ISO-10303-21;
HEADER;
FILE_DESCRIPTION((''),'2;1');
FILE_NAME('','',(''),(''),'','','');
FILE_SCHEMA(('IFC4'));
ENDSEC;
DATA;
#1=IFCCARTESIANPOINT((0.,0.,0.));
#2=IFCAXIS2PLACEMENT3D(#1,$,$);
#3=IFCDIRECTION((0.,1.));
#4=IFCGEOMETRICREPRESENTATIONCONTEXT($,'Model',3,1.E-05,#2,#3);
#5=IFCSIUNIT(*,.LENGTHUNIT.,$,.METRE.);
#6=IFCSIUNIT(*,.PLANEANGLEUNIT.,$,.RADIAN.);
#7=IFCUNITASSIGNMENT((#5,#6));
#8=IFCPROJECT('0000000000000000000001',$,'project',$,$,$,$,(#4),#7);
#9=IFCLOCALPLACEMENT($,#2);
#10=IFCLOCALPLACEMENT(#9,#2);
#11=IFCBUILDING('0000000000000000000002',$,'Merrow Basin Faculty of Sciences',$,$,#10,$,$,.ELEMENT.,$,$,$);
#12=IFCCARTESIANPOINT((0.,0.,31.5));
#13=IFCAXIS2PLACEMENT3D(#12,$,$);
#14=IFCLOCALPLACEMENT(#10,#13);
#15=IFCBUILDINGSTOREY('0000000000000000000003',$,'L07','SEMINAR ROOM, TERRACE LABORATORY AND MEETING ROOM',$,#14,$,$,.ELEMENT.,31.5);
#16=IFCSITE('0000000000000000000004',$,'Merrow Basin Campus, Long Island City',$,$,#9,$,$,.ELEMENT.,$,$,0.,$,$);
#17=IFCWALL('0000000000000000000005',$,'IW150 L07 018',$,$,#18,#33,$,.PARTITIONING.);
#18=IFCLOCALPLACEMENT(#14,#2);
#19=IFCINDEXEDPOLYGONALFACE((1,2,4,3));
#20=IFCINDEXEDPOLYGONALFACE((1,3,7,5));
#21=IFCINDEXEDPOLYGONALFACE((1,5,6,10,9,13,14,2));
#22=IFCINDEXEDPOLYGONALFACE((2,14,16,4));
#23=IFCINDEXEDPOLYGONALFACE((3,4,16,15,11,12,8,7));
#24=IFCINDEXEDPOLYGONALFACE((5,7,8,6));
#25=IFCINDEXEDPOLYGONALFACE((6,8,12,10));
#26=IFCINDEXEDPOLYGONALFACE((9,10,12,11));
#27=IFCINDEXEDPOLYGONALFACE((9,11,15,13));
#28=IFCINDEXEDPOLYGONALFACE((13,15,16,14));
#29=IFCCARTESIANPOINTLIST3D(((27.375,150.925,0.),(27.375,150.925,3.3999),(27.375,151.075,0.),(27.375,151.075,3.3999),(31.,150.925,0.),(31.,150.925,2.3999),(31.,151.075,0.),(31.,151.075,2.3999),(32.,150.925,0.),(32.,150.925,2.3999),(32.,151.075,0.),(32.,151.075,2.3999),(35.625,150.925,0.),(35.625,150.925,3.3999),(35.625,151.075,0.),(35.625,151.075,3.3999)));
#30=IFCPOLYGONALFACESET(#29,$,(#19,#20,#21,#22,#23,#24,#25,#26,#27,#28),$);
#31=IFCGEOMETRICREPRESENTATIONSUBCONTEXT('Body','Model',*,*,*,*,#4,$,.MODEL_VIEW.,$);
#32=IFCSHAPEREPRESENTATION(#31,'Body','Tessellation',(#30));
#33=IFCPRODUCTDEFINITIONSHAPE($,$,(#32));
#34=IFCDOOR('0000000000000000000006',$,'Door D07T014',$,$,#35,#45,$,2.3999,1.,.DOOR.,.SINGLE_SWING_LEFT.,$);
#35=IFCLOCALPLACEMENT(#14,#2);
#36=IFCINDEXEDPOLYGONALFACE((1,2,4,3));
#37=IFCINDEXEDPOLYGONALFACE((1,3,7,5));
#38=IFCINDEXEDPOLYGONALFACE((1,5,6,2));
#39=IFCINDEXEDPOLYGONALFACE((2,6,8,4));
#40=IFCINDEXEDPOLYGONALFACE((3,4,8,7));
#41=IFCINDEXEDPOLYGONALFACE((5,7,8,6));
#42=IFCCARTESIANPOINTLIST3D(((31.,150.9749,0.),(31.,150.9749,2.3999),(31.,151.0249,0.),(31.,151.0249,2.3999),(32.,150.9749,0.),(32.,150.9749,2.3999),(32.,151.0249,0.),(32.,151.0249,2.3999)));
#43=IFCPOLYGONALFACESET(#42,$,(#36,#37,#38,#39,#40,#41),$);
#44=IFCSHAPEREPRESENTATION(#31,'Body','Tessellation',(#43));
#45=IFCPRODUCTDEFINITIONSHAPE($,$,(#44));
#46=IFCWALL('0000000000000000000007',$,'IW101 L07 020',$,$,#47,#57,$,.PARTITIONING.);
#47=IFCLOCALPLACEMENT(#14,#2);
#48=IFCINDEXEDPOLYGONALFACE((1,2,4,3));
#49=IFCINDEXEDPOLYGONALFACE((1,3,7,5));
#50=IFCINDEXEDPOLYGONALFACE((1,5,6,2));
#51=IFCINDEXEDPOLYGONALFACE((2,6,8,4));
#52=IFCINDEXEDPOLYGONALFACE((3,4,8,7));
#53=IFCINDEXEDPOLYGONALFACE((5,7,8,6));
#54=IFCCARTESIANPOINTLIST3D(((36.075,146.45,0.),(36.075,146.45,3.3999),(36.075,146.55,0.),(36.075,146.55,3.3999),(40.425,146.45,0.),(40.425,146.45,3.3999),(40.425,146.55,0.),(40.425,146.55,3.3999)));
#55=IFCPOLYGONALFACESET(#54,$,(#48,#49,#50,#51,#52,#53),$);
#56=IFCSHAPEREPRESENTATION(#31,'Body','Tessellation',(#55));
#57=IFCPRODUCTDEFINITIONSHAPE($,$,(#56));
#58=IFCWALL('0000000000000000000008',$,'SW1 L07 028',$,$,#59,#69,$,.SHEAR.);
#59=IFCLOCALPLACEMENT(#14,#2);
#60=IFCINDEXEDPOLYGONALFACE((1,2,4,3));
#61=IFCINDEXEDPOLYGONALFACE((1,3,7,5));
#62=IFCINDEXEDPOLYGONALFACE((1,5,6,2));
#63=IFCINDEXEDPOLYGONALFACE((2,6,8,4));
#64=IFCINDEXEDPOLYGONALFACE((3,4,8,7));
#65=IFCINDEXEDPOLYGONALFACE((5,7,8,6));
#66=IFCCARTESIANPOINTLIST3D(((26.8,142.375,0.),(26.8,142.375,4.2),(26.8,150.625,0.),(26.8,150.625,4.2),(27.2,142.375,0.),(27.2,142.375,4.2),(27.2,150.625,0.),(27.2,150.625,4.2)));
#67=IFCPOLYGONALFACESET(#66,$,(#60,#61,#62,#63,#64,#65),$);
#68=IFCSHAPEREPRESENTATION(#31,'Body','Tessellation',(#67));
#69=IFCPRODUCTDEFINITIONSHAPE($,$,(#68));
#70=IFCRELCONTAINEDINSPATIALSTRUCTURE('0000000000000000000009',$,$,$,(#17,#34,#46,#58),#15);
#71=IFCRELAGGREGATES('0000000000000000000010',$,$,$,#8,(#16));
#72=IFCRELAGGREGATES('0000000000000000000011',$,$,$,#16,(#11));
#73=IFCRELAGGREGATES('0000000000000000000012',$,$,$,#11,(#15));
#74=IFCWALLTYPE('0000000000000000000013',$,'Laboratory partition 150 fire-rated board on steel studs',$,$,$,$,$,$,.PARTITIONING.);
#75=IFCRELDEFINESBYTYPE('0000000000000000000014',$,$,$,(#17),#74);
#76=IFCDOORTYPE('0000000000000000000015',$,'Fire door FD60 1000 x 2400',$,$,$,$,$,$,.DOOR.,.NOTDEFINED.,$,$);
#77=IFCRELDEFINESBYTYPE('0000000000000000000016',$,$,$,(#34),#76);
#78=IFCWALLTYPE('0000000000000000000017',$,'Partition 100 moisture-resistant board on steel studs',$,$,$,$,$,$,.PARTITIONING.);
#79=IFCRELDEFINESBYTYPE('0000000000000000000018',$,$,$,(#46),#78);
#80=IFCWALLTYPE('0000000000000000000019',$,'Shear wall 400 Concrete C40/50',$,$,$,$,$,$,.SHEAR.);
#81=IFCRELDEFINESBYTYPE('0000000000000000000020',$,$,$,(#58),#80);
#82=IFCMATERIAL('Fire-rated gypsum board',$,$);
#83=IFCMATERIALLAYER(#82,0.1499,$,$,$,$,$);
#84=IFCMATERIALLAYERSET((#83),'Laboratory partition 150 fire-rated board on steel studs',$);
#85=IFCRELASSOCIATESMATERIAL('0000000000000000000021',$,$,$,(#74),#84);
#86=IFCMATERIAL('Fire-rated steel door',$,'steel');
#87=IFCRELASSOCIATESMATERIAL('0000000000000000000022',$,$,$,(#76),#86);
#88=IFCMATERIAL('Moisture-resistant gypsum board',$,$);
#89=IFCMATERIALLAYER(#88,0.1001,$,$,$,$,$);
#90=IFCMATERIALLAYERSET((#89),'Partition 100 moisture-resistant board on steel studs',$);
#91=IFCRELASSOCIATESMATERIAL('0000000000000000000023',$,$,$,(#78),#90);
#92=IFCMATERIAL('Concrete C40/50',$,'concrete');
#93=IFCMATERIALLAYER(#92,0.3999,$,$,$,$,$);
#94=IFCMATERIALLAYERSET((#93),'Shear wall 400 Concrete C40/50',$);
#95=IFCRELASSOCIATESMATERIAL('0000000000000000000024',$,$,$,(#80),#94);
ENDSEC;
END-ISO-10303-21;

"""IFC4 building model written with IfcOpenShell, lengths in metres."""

from ifc_helpers import new_model, si_unit, direction, frame, frame_2d, origin, place, context, subcontext, project, spatial, rectangle, extrude, material, layer, layer_set, type_object, element, fill, save


model = new_model("IFC4")

# Units and contexts
model_context = context("Model", 3, precision=1e-05, world=origin(), true_north=direction((0.0, 1.0)))
body_context = subcontext(model_context, "Body", "Model", "MODEL_VIEW")
ifc_project = project(units=[si_unit("LENGTHUNIT", "METRE"), si_unit("PLANEANGLEUNIT", "RADIAN")], contexts=[model_context])

# Site, building, storey
site_placement = place(None, origin())
site = spatial("IfcSite", under=ifc_project, at=site_placement, Name="Merrow Basin Campus, Long Island City", CompositionType="ELEMENT", RefElevation=0.0)
building_placement = place(site_placement, origin())
building = spatial("IfcBuilding", under=site, at=building_placement, Name="Merrow Basin Faculty of Sciences", CompositionType="ELEMENT")
storey_placement = place(building_placement, frame((0.0, 0.0, 31.5)))
storey = spatial("IfcBuildingStorey", under=building, at=storey_placement, Name="L07", Description="SEMINAR ROOM, TERRACE LABORATORY AND MEETING ROOM", CompositionType="ELEMENT", Elevation=31.5)

# Shared definitions
ifc_material_1 = material(Name="Fire-rated gypsum board")
ifc_layer_1 = layer(ifc_material_1, 0.1499)
ifc_layer_set_1 = layer_set([ifc_layer_1], Name="Laboratory partition 150 fire-rated board on steel studs")
wall_type_1 = type_object("IfcWallType", Name="Laboratory partition 150 fire-rated board on steel studs", PredefinedType="PARTITIONING", material=ifc_layer_set_1)

# Wall, opening, door
wall_1_placement = place(storey_placement, frame((27.375, 151.0, 0.0), z_axis=(0.0, 0.0, 1.0), x_axis=(1.0, 0.0, 0.0)))
wall_1 = element("IfcWall", 1, at=wall_1_placement, inside=storey, type_object=wall_type_1, Name="IW150 L07 018", PredefinedType="PARTITIONING", context=body_context, shape_type="SweptSolid", body=[
    extrude(rectangle(XDim=8.25, YDim=0.1499, at=frame_2d((4.125, 0.0))), origin(), (0.0, 0.0, 1.0), 3.3999),
])
opening_1_placement = place(wall_1_placement, frame((3.625, 0.0, 0.0)))
opening_1 = element("IfcOpeningElement", 2, at=opening_1_placement, cuts=wall_1, PredefinedType="OPENING", context=body_context, shape_type="SweptSolid", body=[
    extrude(rectangle(XDim=1.0, YDim=2.3999, at=frame_2d((0.5, 1.2))), frame((0.0, 0.085, 0.0), z_axis=(0.0, -1.0, 0.0), x_axis=(1.0, 0.0, 0.0)), (0.0, 0.0, 1.0), 0.1699),
])
ifc_material_2 = material(Name="Fire-rated steel door", Category="steel")
door_type_1 = type_object("IfcDoorType", Name="Fire door FD60 1000 x 2400", OperationType="NOTDEFINED", PredefinedType="DOOR", material=ifc_material_2)
door_1_placement = place(opening_1_placement, origin())
door_1 = element("IfcDoor", 3, at=door_1_placement, inside=storey, type_object=door_type_1, Name="Door D07T014", OperationType="SINGLE_SWING_LEFT", OverallHeight=2.3999, OverallWidth=1.0, PredefinedType="DOOR", context=body_context, shape_type="SweptSolid", body=[
    extrude(rectangle(XDim=1.0, YDim=2.3999, at=frame_2d((0.5, 1.2))), frame((0.0, 0.0249, 0.0), z_axis=(0.0, -1.0, 0.0), x_axis=(1.0, 0.0, 0.0)), (0.0, 0.0, 1.0), 0.05),
])
fill(opening_1, door_1)

# Wall
ifc_material_3 = material(Name="Moisture-resistant gypsum board")
ifc_layer_2 = layer(ifc_material_3, 0.1001)
ifc_layer_set_2 = layer_set([ifc_layer_2], Name="Partition 100 moisture-resistant board on steel studs")
wall_type_2 = type_object("IfcWallType", Name="Partition 100 moisture-resistant board on steel studs", PredefinedType="PARTITIONING", material=ifc_layer_set_2)
wall_2_placement = place(storey_placement, frame((36.075, 146.5, 0.0), z_axis=(0.0, 0.0, 1.0), x_axis=(1.0, 0.0, 0.0)))
element("IfcWall", 4, at=wall_2_placement, inside=storey, type_object=wall_type_2, Name="IW101 L07 020", PredefinedType="PARTITIONING", context=body_context, shape_type="SweptSolid", body=[
    extrude(rectangle(XDim=4.3501, YDim=0.1001, at=frame_2d((2.175, 0.0))), origin(), (0.0, 0.0, 1.0), 3.3999),
])

# Wall
ifc_material_4 = material(Name="Concrete C40/50", Category="concrete")
ifc_layer_3 = layer(ifc_material_4, 0.3999)
ifc_layer_set_3 = layer_set([ifc_layer_3], Name="Shear wall 400 Concrete C40/50")
wall_type_3 = type_object("IfcWallType", Name="Shear wall 400 Concrete C40/50", PredefinedType="SHEAR", material=ifc_layer_set_3)
wall_3_placement = place(storey_placement, frame((27.0, 142.375, 0.0), z_axis=(0.0, 0.0, 1.0), x_axis=(0.0, 1.0, 0.0)))
element("IfcWall", 5, at=wall_3_placement, inside=storey, type_object=wall_type_3, Name="SW1 L07 028", PredefinedType="SHEAR", context=body_context, shape_type="SweptSolid", body=[
    extrude(rectangle(XDim=8.25, YDim=0.3999, at=frame_2d((4.125, 0.0))), origin(), (0.0, 0.0, 1.0), 4.2),
])

save(model, "model.ifc")
